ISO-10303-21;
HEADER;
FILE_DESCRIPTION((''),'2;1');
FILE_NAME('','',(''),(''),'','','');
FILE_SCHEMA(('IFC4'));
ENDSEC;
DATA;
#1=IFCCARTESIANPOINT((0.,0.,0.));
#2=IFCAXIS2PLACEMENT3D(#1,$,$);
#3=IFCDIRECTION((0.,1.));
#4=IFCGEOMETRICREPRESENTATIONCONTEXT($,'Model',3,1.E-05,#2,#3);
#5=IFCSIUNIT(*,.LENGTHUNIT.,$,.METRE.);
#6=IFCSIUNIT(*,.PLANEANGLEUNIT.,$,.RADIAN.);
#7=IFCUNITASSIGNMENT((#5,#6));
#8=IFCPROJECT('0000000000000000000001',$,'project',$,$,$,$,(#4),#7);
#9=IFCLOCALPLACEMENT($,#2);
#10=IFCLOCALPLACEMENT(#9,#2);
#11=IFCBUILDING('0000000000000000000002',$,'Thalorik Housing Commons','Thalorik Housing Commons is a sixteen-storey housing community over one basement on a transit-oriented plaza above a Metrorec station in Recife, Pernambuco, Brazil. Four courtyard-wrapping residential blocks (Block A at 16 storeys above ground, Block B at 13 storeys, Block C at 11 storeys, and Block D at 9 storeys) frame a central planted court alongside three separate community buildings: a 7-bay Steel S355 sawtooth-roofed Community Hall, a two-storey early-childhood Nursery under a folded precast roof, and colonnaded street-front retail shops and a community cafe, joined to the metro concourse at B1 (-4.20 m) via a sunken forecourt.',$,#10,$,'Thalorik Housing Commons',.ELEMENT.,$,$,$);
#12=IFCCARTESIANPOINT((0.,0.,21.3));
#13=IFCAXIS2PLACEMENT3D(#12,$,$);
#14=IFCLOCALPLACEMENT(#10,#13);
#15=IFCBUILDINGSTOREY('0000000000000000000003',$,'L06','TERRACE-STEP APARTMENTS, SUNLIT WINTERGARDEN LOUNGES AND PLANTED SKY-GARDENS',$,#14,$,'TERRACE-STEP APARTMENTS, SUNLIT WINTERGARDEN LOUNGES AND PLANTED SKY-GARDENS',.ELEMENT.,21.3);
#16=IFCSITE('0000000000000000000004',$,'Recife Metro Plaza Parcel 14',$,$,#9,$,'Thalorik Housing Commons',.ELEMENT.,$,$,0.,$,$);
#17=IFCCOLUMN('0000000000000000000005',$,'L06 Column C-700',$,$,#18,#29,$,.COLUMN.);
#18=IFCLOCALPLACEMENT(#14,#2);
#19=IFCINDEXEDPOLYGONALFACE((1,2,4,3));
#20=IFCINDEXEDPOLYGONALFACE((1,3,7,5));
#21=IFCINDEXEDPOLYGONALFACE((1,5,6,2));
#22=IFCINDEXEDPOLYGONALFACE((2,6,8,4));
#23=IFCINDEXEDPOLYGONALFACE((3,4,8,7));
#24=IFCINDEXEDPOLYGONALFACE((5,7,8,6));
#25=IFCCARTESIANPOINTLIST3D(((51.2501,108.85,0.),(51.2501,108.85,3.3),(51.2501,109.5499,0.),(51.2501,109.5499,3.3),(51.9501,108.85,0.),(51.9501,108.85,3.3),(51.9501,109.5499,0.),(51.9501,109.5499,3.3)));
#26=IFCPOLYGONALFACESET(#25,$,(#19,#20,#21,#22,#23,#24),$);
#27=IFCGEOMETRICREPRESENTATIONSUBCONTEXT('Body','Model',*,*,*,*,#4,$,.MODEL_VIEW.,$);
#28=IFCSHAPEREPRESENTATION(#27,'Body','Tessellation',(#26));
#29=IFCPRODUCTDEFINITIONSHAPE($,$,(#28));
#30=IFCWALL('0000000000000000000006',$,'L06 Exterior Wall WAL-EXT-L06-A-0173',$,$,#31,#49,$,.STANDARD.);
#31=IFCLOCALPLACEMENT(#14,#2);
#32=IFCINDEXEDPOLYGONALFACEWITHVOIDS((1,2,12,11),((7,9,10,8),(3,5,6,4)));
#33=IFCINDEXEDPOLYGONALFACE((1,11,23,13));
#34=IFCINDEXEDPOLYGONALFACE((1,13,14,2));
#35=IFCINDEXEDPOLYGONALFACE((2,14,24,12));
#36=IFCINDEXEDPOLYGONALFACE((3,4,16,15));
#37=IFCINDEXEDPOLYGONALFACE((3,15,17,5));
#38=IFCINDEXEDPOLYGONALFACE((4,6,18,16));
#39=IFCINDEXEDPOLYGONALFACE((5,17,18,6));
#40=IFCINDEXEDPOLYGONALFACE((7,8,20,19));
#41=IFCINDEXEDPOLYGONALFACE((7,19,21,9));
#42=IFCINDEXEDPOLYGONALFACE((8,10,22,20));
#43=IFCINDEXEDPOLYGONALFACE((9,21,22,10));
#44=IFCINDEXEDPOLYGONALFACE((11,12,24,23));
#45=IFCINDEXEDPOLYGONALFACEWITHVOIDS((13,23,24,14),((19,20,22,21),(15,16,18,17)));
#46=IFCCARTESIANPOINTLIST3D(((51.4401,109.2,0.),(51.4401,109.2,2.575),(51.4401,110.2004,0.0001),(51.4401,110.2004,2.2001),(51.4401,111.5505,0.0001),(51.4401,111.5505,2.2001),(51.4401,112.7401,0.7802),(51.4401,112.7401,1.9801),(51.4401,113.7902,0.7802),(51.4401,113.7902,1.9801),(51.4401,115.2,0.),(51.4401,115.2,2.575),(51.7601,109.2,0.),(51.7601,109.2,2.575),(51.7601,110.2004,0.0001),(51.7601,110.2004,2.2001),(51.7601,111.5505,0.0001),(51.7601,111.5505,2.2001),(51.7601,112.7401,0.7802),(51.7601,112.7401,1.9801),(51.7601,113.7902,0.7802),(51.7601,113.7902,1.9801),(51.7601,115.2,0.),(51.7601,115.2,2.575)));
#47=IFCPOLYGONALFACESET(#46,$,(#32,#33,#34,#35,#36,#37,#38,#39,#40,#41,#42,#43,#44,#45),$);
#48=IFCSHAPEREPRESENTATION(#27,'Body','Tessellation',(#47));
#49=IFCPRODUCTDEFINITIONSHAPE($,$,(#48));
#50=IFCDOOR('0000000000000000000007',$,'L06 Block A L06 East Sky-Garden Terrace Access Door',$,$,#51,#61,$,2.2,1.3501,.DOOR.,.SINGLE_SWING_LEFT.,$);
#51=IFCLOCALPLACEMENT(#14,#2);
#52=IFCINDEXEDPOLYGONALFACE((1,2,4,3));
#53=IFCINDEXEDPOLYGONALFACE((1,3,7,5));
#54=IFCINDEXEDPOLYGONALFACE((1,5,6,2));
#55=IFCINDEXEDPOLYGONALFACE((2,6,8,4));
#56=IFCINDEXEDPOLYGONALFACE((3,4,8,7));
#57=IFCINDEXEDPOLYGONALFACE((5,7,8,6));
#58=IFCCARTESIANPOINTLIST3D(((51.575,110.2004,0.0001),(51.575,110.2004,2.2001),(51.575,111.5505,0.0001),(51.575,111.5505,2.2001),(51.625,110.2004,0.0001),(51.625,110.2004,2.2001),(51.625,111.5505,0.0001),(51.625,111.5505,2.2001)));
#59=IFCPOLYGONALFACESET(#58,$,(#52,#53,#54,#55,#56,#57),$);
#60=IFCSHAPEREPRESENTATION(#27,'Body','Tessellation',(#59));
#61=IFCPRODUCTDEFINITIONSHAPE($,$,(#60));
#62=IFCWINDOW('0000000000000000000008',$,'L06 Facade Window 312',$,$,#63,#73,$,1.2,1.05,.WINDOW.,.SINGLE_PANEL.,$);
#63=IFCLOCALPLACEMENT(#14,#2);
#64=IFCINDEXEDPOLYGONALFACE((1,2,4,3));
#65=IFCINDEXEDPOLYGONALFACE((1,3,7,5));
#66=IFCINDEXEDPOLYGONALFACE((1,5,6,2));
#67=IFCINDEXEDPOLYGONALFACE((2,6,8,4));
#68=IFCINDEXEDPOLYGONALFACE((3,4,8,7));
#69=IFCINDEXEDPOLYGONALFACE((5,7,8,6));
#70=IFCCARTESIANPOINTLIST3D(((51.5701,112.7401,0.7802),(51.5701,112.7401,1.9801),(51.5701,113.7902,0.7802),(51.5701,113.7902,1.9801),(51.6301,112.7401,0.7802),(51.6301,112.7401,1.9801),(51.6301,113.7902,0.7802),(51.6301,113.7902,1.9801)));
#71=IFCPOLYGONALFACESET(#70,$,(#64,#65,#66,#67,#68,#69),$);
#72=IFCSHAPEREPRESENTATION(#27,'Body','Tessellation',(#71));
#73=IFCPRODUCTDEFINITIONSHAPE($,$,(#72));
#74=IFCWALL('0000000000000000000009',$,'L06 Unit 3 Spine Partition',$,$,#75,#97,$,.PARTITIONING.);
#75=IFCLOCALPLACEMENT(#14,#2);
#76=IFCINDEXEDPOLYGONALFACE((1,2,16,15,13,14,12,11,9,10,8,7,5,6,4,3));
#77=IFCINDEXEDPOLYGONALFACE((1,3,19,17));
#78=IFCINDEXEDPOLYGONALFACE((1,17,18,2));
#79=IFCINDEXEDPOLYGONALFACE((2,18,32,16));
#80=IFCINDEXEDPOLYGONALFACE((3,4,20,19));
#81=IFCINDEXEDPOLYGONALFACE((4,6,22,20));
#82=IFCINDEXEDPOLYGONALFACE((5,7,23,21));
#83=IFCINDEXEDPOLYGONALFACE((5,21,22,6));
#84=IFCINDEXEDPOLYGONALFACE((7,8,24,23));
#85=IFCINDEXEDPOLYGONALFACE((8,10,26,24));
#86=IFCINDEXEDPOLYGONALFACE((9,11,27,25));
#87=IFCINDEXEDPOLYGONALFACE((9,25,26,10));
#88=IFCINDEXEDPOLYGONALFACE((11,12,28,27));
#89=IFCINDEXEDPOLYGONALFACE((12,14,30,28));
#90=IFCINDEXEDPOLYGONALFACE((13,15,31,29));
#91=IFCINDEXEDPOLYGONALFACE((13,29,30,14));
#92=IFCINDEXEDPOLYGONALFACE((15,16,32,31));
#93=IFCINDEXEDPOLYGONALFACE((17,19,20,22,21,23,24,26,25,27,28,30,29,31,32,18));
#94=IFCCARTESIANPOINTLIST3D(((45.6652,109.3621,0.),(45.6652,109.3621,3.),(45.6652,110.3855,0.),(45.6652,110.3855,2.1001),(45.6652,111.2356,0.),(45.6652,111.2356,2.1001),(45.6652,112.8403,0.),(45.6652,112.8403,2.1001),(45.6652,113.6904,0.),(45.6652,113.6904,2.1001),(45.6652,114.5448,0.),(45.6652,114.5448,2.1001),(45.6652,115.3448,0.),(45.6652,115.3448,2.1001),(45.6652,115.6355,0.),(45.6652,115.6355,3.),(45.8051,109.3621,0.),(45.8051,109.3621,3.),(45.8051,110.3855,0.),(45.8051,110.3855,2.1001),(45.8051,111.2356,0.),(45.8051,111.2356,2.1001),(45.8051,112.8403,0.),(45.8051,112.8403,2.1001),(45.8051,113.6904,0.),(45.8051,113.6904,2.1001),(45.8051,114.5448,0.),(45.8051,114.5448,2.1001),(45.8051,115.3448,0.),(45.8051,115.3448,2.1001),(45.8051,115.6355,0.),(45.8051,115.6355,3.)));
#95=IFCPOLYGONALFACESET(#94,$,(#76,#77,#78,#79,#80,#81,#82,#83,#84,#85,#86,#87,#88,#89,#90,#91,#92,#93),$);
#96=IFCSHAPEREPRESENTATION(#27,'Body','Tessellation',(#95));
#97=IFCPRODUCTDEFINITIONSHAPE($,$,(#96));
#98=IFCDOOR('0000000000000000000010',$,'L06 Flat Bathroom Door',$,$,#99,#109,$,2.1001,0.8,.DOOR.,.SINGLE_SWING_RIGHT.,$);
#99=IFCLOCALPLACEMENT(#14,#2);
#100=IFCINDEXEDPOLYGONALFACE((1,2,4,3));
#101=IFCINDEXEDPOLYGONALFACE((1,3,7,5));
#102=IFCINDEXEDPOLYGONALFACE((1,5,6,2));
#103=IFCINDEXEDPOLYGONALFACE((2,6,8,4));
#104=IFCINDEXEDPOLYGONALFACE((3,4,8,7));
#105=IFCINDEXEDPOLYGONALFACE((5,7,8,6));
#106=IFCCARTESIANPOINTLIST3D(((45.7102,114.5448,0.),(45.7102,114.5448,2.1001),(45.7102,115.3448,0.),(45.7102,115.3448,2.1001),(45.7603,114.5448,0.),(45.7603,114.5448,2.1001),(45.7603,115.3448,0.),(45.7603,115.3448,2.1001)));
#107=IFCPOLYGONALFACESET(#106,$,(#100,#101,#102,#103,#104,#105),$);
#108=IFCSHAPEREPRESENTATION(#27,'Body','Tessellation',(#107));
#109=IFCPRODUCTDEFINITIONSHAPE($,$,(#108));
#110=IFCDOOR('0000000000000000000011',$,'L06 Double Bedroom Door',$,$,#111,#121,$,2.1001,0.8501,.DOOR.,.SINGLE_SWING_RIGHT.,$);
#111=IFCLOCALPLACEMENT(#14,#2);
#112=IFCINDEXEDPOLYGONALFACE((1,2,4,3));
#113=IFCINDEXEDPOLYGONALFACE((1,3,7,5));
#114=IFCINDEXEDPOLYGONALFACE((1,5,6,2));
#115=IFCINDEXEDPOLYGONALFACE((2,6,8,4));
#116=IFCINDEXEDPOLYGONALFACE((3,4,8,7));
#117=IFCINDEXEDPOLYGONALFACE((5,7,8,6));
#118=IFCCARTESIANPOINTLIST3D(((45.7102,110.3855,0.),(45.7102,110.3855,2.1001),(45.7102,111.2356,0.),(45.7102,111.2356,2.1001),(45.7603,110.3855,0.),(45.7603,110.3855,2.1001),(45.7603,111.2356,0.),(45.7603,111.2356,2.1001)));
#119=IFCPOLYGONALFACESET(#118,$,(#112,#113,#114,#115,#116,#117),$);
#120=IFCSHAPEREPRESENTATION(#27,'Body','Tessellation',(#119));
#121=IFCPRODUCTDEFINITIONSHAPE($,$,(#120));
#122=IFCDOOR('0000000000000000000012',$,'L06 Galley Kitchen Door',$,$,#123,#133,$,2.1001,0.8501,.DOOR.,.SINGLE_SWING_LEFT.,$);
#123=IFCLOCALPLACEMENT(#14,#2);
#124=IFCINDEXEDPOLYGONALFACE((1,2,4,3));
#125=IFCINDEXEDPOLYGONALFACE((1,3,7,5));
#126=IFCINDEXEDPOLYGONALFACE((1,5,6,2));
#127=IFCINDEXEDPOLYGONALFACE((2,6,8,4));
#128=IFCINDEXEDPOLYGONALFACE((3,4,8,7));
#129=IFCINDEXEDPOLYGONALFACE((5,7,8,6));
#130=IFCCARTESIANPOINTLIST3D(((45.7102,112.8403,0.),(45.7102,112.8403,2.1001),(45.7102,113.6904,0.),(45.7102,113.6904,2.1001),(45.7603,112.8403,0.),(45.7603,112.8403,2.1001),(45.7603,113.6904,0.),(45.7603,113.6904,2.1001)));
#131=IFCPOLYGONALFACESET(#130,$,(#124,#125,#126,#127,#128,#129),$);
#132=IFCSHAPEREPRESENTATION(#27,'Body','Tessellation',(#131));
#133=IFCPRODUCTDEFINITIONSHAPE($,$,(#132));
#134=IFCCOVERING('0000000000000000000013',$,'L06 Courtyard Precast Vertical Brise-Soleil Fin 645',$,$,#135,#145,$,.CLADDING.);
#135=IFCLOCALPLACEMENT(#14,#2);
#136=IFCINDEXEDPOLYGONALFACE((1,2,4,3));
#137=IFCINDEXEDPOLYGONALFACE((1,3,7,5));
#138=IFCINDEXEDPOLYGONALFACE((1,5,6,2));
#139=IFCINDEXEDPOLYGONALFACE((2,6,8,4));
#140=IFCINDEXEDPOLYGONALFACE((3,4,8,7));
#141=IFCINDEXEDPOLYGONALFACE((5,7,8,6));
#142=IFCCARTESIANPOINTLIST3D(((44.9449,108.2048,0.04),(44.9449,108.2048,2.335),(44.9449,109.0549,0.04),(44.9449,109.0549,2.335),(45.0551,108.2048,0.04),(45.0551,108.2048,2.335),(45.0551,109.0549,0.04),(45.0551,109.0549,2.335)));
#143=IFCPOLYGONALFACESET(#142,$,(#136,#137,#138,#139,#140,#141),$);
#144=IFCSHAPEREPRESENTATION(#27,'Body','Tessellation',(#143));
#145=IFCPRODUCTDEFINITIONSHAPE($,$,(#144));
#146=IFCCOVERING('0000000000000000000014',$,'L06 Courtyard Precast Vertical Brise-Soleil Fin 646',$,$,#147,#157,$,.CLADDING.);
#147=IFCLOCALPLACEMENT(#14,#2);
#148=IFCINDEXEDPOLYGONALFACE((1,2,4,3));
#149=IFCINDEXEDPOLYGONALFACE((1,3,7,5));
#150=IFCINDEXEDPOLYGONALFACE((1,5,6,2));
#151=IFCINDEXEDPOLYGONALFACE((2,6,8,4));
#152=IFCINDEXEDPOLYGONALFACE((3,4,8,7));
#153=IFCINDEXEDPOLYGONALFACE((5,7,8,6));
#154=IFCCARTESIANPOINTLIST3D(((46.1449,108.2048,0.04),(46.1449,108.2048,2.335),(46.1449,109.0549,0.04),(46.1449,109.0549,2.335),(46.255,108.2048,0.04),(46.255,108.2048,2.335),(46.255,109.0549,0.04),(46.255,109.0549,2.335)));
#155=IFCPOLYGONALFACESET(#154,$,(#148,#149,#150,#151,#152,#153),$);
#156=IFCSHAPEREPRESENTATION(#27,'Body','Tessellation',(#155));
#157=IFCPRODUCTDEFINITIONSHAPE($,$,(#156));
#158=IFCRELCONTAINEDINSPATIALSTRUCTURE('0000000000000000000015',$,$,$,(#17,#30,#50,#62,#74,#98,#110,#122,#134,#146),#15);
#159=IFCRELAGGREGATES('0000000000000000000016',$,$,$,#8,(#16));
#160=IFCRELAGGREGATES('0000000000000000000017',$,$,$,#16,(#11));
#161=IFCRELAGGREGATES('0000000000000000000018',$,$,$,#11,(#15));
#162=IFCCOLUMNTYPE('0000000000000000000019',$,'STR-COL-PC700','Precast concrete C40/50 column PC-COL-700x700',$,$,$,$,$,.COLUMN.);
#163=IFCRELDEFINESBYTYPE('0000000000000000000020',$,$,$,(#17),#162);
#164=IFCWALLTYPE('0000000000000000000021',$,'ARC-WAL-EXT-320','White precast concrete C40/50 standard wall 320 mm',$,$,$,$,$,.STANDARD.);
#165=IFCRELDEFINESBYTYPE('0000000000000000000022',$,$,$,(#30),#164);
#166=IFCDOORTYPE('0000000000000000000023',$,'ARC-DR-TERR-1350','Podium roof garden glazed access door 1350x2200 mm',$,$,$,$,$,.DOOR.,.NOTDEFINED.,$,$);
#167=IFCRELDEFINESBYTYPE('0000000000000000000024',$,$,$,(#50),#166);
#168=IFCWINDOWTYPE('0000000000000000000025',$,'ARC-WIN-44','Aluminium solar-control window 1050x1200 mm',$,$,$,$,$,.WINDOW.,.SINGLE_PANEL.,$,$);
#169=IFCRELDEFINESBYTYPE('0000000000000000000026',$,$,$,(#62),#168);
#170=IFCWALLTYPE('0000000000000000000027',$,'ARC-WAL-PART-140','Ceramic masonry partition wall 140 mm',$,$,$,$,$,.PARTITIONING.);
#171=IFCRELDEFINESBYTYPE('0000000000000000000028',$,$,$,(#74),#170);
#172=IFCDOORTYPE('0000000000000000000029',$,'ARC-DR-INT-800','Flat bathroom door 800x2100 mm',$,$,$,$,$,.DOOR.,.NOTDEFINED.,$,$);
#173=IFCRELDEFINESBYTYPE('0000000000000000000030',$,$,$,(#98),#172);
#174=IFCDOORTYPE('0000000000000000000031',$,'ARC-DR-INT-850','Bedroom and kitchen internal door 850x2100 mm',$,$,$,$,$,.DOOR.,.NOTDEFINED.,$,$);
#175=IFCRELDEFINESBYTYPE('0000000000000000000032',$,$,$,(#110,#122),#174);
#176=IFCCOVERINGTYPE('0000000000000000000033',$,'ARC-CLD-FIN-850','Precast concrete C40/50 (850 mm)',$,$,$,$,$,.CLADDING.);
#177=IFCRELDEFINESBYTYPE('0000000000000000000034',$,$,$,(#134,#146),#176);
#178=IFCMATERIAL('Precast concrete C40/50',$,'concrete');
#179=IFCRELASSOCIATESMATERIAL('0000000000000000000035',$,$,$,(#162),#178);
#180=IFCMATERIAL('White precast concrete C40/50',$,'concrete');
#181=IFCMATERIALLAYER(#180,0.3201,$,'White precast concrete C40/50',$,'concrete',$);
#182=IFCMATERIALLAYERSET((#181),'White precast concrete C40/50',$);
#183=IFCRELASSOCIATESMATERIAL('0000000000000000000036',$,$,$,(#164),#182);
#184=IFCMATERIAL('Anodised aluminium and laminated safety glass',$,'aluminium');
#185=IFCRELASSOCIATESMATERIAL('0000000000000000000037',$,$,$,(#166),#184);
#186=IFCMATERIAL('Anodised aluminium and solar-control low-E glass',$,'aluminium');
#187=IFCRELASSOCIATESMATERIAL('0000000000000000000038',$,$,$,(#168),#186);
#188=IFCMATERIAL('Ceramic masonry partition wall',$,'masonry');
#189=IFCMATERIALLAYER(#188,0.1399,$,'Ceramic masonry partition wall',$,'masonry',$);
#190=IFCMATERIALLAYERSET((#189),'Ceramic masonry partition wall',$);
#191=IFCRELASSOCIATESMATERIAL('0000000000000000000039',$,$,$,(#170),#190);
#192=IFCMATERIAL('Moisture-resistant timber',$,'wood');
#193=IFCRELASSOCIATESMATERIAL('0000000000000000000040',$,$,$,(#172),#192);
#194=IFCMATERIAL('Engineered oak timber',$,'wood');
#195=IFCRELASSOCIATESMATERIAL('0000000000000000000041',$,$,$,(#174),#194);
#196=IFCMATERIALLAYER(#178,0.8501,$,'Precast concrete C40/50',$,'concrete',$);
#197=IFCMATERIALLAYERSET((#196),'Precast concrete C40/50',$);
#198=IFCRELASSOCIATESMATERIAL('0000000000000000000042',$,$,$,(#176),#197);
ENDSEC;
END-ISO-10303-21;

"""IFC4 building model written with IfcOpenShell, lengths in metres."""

from ifc_helpers import new_model, si_unit, direction, frame, frame_2d, origin, origin_2d, place, context, subcontext, project, spatial, rectangle, extrude, material, layer, layer_set, material_profile, profile_set, type_object, element, fill, save


model = new_model("IFC4")

# Units and contexts
model_context = context("Model", 3, precision=1e-05, world=origin(), true_north=direction((0.0, 1.0)))
body_context = subcontext(model_context, "Body", "Model", "MODEL_VIEW")
ifc_project = project(units=[si_unit("LENGTHUNIT", "METRE"), si_unit("PLANEANGLEUNIT", "RADIAN")], contexts=[model_context])

# Site, building, storey
site_placement = place(None, origin())
site = spatial("IfcSite", under=ifc_project, at=site_placement, Name="Recife Metro Plaza Parcel 14", LongName="Thalorik Housing Commons", CompositionType="ELEMENT", RefElevation=0.0)
building_placement = place(site_placement, origin())
building = spatial("IfcBuilding", under=site, at=building_placement, Name="Thalorik Housing Commons", Description="Thalorik Housing Commons is a sixteen-storey housing community over one basement on a transit-oriented plaza above a Metrorec station in Recife, Pernambuco, Brazil. Four courtyard-wrapping residential blocks (Block A at 16 storeys above ground, Block B at 13 storeys, Block C at 11 storeys, and Block D at 9 storeys) frame a central planted court alongside three separate community buildings: a 7-bay Steel S355 sawtooth-roofed Community Hall, a two-storey early-childhood Nursery under a folded precast roof, and colonnaded street-front retail shops and a community cafe, joined to the metro concourse at B1 (-4.20 m) via a sunken forecourt.", LongName="Thalorik Housing Commons", CompositionType="ELEMENT")
storey_placement = place(building_placement, frame((0.0, 0.0, 21.3)))
storey = spatial("IfcBuildingStorey", under=building, at=storey_placement, Name="L06", Description="TERRACE-STEP APARTMENTS, SUNLIT WINTERGARDEN LOUNGES AND PLANTED SKY-GARDENS", LongName="TERRACE-STEP APARTMENTS, SUNLIT WINTERGARDEN LOUNGES AND PLANTED SKY-GARDENS", CompositionType="ELEMENT", Elevation=21.3)

# Column
ifc_material_1 = material(Name="Precast concrete C40/50", Category="concrete")
ifc_material_profile = material_profile(ifc_material_1, rectangle(XDim=0.7, YDim=0.7, at=origin_2d()), Name="PC 700x700", Category="concrete")
ifc_profile_set = profile_set([ifc_material_profile], Name="Precast concrete C40/50")
column_type = type_object("IfcColumnType", Name="STR-COL-PC700", Description="Precast concrete C40/50 column PC-COL-700x700", PredefinedType="COLUMN", material=ifc_profile_set)
column_placement = place(storey_placement, frame((51.6001, 109.2, 0.0), z_axis=(0.0, 0.0, 1.0), x_axis=(1.0, 0.0, 0.0)))
element("IfcColumn", 1, at=column_placement, inside=storey, type_object=column_type, Name="L06 Column C-700", PredefinedType="COLUMN", context=body_context, shape_type="SweptSolid", body=[
    extrude(rectangle(XDim=0.7, YDim=0.7, at=origin_2d()), origin(), (0.0, 0.0, 1.0), 3.3),
])

# Wall, openings, door, window
ifc_material_2 = material(Name="White precast concrete C40/50", Category="concrete")
ifc_layer_1 = layer(ifc_material_2, 0.3201, Name="White precast concrete C40/50", Category="concrete")
ifc_layer_set_1 = layer_set([ifc_layer_1], Name="White precast concrete C40/50")
wall_type_1 = type_object("IfcWallType", Name="ARC-WAL-EXT-320", Description="White precast concrete C40/50 standard wall 320 mm", PredefinedType="STANDARD", material=ifc_layer_set_1)
wall_1_placement = place(storey_placement, frame((51.6001, 109.2, 0.0), z_axis=(0.0, 0.0, 1.0), x_axis=(0.0, 1.0, 0.0)))
wall_1 = element("IfcWall", 2, at=wall_1_placement, inside=storey, type_object=wall_type_1, Name="L06 Exterior Wall WAL-EXT-L06-A-0173", PredefinedType="STANDARD", context=body_context, shape_type="SweptSolid", body=[
    extrude(rectangle(XDim=6.0, YDim=0.3201, at=frame_2d((3.0, 0.0))), origin(), (0.0, 0.0, 1.0), 2.575),
])
opening_1_placement = place(wall_1_placement, frame((1.0005, 0.0, 0.0)))
opening_1 = element("IfcOpeningElement", 3, at=opening_1_placement, cuts=wall_1, PredefinedType="OPENING", context=body_context, shape_type="SweptSolid", body=[
    extrude(rectangle(XDim=1.3501, YDim=2.2, at=frame_2d((0.675, 1.1001))), frame((0.0, 0.1699, 0.0), z_axis=(0.0, -1.0, 0.0), x_axis=(1.0, 0.0, 0.0)), (0.0, 0.0, 1.0), 0.3401),
])
opening_2_placement = place(wall_1_placement, frame((3.5403, 0.0, 0.78)))
opening_2 = element("IfcOpeningElement", 4, at=opening_2_placement, cuts=wall_1, PredefinedType="OPENING", context=body_context, shape_type="SweptSolid", body=[
    extrude(rectangle(XDim=1.05, YDim=1.2, at=frame_2d((0.5249, 0.6001))), frame((0.0, 0.1699, 0.0), z_axis=(0.0, -1.0, 0.0), x_axis=(1.0, 0.0, 0.0)), (0.0, 0.0, 1.0), 0.3401),
])
ifc_material_3 = material(Name="Anodised aluminium and laminated safety glass", Category="aluminium")
door_type_1 = type_object("IfcDoorType", Name="ARC-DR-TERR-1350", Description="Podium roof garden glazed access door 1350x2200 mm", OperationType="NOTDEFINED", PredefinedType="DOOR", material=ifc_material_3)
door_1_placement = place(opening_1_placement, frame((1.3501, 0.0, 0.0), z_axis=(0.0, 0.0, 1.0), x_axis=(-1.0, 0.0, 0.0)))
door_1 = element("IfcDoor", 5, at=door_1_placement, inside=storey, type_object=door_type_1, Name="L06 Block A L06 East Sky-Garden Terrace Access Door", OperationType="SINGLE_SWING_LEFT", OverallHeight=2.2, OverallWidth=1.3501, PredefinedType="DOOR", context=body_context, shape_type="SweptSolid", body=[
    extrude(rectangle(XDim=1.3501, YDim=2.2, at=frame_2d((0.675, 1.1001))), frame((0.0, 0.0249, 0.0), z_axis=(0.0, -1.0, 0.0), x_axis=(1.0, 0.0, 0.0)), (0.0, 0.0, 1.0), 0.05),
])
fill(opening_1, door_1)
ifc_material_4 = material(Name="Anodised aluminium and solar-control low-E glass", Category="aluminium")
window_type = type_object("IfcWindowType", Name="ARC-WIN-44", Description="Aluminium solar-control window 1050x1200 mm", PartitioningType="SINGLE_PANEL", PredefinedType="WINDOW", material=ifc_material_4)
window_placement = place(opening_2_placement, origin())
window = element("IfcWindow", 6, at=window_placement, inside=storey, type_object=window_type, Name="L06 Facade Window 312", OverallHeight=1.2, OverallWidth=1.05, PartitioningType="SINGLE_PANEL", PredefinedType="WINDOW", context=body_context, shape_type="SweptSolid", body=[
    extrude(rectangle(XDim=1.05, YDim=1.2, at=frame_2d((0.5249, 0.6001))), frame((0.0, 0.03, 0.0), z_axis=(0.0, -1.0, 0.0), x_axis=(1.0, 0.0, 0.0)), (0.0, 0.0, 1.0), 0.0601),
])
fill(opening_2, window)

# Wall, openings, doors
ifc_material_5 = material(Name="Ceramic masonry partition wall", Category="masonry")
ifc_layer_2 = layer(ifc_material_5, 0.1399, Name="Ceramic masonry partition wall", Category="masonry")
ifc_layer_set_2 = layer_set([ifc_layer_2], Name="Ceramic masonry partition wall")
wall_type_2 = type_object("IfcWallType", Name="ARC-WAL-PART-140", Description="Ceramic masonry partition wall 140 mm", PredefinedType="PARTITIONING", material=ifc_layer_set_2)
wall_2_placement = place(storey_placement, frame((45.7351, 109.3621, 0.0), z_axis=(0.0, 0.0, 1.0), x_axis=(0.0, 1.0, 0.0)))
wall_2 = element("IfcWall", 7, at=wall_2_placement, inside=storey, type_object=wall_type_2, Name="L06 Unit 3 Spine Partition", PredefinedType="PARTITIONING", context=body_context, shape_type="SweptSolid", body=[
    extrude(rectangle(XDim=6.2734, YDim=0.1399, at=frame_2d((3.1367, 0.0))), origin(), (0.0, 0.0, 1.0), 3.0),
])
opening_3_placement = place(wall_2_placement, frame((1.0234, 0.0, 0.0)))
opening_3 = element("IfcOpeningElement", 8, at=opening_3_placement, cuts=wall_2, PredefinedType="OPENING", context=body_context, shape_type="SweptSolid", body=[
    extrude(rectangle(XDim=0.8501, YDim=2.1001, at=frame_2d((0.425, 1.05))), frame((0.0, 0.0801, 0.0), z_axis=(0.0, -1.0, 0.0), x_axis=(1.0, 0.0, 0.0)), (0.0, 0.0, 1.0), 0.1599),
])
opening_4_placement = place(wall_2_placement, frame((3.4783, 0.0, 0.0)))
opening_4 = element("IfcOpeningElement", 9, at=opening_4_placement, cuts=wall_2, PredefinedType="OPENING", context=body_context, shape_type="SweptSolid", body=[
    extrude(rectangle(XDim=0.8501, YDim=2.1001, at=frame_2d((0.425, 1.05))), frame((0.0, 0.0801, 0.0), z_axis=(0.0, -1.0, 0.0), x_axis=(1.0, 0.0, 0.0)), (0.0, 0.0, 1.0), 0.1599),
])
opening_5_placement = place(wall_2_placement, frame((5.1829, 0.0, 0.0)))
opening_5 = element("IfcOpeningElement", 10, at=opening_5_placement, cuts=wall_2, PredefinedType="OPENING", context=body_context, shape_type="SweptSolid", body=[
    extrude(rectangle(XDim=0.8, YDim=2.1001, at=frame_2d((0.3999, 1.05))), frame((0.0, 0.0801, 0.0), z_axis=(0.0, -1.0, 0.0), x_axis=(1.0, 0.0, 0.0)), (0.0, 0.0, 1.0), 0.1599),
])
ifc_material_6 = material(Name="Moisture-resistant timber", Category="wood")
door_type_2 = type_object("IfcDoorType", Name="ARC-DR-INT-800", Description="Flat bathroom door 800x2100 mm", OperationType="NOTDEFINED", PredefinedType="DOOR", material=ifc_material_6)
door_2_placement = place(opening_5_placement, origin())
door_2 = element("IfcDoor", 11, at=door_2_placement, inside=storey, type_object=door_type_2, Name="L06 Flat Bathroom Door", OperationType="SINGLE_SWING_RIGHT", OverallHeight=2.1001, OverallWidth=0.8, PredefinedType="DOOR", context=body_context, shape_type="SweptSolid", body=[
    extrude(rectangle(XDim=0.8, YDim=2.1001, at=frame_2d((0.3999, 1.05))), frame((0.0, 0.0249, 0.0), z_axis=(0.0, -1.0, 0.0), x_axis=(1.0, 0.0, 0.0)), (0.0, 0.0, 1.0), 0.05),
])
fill(opening_5, door_2)
ifc_material_7 = material(Name="Engineered oak timber", Category="wood")
door_type_3 = type_object("IfcDoorType", Name="ARC-DR-INT-850", Description="Bedroom and kitchen internal door 850x2100 mm", OperationType="NOTDEFINED", PredefinedType="DOOR", material=ifc_material_7)
door_3_placement = place(opening_3_placement, origin())
door_3 = element("IfcDoor", 12, at=door_3_placement, inside=storey, type_object=door_type_3, Name="L06 Double Bedroom Door", OperationType="SINGLE_SWING_RIGHT", OverallHeight=2.1001, OverallWidth=0.8501, PredefinedType="DOOR", context=body_context, shape_type="SweptSolid", body=[
    extrude(rectangle(XDim=0.8501, YDim=2.1001, at=frame_2d((0.425, 1.05))), frame((0.0, 0.0249, 0.0), z_axis=(0.0, -1.0, 0.0), x_axis=(1.0, 0.0, 0.0)), (0.0, 0.0, 1.0), 0.05),
])
fill(opening_3, door_3)
door_4_placement = place(opening_4_placement, origin())
door_4 = element("IfcDoor", 13, at=door_4_placement, inside=storey, type_object=door_type_3, Name="L06 Galley Kitchen Door", OperationType="SINGLE_SWING_LEFT", OverallHeight=2.1001, OverallWidth=0.8501, PredefinedType="DOOR", context=body_context, shape_type="SweptSolid", body=[
    extrude(rectangle(XDim=0.8501, YDim=2.1001, at=frame_2d((0.425, 1.05))), frame((0.0, 0.0249, 0.0), z_axis=(0.0, -1.0, 0.0), x_axis=(1.0, 0.0, 0.0)), (0.0, 0.0, 1.0), 0.05),
])
fill(opening_4, door_4)

# Coverings
ifc_layer_3 = layer(ifc_material_1, 0.8501, Name="Precast concrete C40/50", Category="concrete")
ifc_layer_set_3 = layer_set([ifc_layer_3], Name="Precast concrete C40/50")
covering_type_1 = type_object("IfcCoveringType", Name="ARC-CLD-FIN-850", Description="Precast concrete C40/50 (850 mm)", PredefinedType="CLADDING", material=ifc_layer_set_3)
for number, where, z_axis, x_axis, name in (
    (14, (45.0, 108.6299, 0.04), (0.0, 0.0, 1.0), (1.0, 0.0, 0.0), "L06 Courtyard Precast Vertical Brise-Soleil Fin 645"),
    (15, (46.2, 108.6299, 0.04), (0.0, 0.0, 1.0), (1.0, 0.0, 0.0), "L06 Courtyard Precast Vertical Brise-Soleil Fin 646"),
):
    element("IfcCovering", number, at=place(storey_placement, frame(where, z_axis=z_axis, x_axis=x_axis)), inside=storey, type_object=covering_type_1, Name=name, PredefinedType="CLADDING", context=body_context, shape_type="SweptSolid", body=[
        extrude(rectangle(XDim=0.1101, YDim=0.8501, at=origin_2d()), origin(), (0.0, 0.0, 1.0), 2.2949),
    ])

save(model, "model.ifc")
